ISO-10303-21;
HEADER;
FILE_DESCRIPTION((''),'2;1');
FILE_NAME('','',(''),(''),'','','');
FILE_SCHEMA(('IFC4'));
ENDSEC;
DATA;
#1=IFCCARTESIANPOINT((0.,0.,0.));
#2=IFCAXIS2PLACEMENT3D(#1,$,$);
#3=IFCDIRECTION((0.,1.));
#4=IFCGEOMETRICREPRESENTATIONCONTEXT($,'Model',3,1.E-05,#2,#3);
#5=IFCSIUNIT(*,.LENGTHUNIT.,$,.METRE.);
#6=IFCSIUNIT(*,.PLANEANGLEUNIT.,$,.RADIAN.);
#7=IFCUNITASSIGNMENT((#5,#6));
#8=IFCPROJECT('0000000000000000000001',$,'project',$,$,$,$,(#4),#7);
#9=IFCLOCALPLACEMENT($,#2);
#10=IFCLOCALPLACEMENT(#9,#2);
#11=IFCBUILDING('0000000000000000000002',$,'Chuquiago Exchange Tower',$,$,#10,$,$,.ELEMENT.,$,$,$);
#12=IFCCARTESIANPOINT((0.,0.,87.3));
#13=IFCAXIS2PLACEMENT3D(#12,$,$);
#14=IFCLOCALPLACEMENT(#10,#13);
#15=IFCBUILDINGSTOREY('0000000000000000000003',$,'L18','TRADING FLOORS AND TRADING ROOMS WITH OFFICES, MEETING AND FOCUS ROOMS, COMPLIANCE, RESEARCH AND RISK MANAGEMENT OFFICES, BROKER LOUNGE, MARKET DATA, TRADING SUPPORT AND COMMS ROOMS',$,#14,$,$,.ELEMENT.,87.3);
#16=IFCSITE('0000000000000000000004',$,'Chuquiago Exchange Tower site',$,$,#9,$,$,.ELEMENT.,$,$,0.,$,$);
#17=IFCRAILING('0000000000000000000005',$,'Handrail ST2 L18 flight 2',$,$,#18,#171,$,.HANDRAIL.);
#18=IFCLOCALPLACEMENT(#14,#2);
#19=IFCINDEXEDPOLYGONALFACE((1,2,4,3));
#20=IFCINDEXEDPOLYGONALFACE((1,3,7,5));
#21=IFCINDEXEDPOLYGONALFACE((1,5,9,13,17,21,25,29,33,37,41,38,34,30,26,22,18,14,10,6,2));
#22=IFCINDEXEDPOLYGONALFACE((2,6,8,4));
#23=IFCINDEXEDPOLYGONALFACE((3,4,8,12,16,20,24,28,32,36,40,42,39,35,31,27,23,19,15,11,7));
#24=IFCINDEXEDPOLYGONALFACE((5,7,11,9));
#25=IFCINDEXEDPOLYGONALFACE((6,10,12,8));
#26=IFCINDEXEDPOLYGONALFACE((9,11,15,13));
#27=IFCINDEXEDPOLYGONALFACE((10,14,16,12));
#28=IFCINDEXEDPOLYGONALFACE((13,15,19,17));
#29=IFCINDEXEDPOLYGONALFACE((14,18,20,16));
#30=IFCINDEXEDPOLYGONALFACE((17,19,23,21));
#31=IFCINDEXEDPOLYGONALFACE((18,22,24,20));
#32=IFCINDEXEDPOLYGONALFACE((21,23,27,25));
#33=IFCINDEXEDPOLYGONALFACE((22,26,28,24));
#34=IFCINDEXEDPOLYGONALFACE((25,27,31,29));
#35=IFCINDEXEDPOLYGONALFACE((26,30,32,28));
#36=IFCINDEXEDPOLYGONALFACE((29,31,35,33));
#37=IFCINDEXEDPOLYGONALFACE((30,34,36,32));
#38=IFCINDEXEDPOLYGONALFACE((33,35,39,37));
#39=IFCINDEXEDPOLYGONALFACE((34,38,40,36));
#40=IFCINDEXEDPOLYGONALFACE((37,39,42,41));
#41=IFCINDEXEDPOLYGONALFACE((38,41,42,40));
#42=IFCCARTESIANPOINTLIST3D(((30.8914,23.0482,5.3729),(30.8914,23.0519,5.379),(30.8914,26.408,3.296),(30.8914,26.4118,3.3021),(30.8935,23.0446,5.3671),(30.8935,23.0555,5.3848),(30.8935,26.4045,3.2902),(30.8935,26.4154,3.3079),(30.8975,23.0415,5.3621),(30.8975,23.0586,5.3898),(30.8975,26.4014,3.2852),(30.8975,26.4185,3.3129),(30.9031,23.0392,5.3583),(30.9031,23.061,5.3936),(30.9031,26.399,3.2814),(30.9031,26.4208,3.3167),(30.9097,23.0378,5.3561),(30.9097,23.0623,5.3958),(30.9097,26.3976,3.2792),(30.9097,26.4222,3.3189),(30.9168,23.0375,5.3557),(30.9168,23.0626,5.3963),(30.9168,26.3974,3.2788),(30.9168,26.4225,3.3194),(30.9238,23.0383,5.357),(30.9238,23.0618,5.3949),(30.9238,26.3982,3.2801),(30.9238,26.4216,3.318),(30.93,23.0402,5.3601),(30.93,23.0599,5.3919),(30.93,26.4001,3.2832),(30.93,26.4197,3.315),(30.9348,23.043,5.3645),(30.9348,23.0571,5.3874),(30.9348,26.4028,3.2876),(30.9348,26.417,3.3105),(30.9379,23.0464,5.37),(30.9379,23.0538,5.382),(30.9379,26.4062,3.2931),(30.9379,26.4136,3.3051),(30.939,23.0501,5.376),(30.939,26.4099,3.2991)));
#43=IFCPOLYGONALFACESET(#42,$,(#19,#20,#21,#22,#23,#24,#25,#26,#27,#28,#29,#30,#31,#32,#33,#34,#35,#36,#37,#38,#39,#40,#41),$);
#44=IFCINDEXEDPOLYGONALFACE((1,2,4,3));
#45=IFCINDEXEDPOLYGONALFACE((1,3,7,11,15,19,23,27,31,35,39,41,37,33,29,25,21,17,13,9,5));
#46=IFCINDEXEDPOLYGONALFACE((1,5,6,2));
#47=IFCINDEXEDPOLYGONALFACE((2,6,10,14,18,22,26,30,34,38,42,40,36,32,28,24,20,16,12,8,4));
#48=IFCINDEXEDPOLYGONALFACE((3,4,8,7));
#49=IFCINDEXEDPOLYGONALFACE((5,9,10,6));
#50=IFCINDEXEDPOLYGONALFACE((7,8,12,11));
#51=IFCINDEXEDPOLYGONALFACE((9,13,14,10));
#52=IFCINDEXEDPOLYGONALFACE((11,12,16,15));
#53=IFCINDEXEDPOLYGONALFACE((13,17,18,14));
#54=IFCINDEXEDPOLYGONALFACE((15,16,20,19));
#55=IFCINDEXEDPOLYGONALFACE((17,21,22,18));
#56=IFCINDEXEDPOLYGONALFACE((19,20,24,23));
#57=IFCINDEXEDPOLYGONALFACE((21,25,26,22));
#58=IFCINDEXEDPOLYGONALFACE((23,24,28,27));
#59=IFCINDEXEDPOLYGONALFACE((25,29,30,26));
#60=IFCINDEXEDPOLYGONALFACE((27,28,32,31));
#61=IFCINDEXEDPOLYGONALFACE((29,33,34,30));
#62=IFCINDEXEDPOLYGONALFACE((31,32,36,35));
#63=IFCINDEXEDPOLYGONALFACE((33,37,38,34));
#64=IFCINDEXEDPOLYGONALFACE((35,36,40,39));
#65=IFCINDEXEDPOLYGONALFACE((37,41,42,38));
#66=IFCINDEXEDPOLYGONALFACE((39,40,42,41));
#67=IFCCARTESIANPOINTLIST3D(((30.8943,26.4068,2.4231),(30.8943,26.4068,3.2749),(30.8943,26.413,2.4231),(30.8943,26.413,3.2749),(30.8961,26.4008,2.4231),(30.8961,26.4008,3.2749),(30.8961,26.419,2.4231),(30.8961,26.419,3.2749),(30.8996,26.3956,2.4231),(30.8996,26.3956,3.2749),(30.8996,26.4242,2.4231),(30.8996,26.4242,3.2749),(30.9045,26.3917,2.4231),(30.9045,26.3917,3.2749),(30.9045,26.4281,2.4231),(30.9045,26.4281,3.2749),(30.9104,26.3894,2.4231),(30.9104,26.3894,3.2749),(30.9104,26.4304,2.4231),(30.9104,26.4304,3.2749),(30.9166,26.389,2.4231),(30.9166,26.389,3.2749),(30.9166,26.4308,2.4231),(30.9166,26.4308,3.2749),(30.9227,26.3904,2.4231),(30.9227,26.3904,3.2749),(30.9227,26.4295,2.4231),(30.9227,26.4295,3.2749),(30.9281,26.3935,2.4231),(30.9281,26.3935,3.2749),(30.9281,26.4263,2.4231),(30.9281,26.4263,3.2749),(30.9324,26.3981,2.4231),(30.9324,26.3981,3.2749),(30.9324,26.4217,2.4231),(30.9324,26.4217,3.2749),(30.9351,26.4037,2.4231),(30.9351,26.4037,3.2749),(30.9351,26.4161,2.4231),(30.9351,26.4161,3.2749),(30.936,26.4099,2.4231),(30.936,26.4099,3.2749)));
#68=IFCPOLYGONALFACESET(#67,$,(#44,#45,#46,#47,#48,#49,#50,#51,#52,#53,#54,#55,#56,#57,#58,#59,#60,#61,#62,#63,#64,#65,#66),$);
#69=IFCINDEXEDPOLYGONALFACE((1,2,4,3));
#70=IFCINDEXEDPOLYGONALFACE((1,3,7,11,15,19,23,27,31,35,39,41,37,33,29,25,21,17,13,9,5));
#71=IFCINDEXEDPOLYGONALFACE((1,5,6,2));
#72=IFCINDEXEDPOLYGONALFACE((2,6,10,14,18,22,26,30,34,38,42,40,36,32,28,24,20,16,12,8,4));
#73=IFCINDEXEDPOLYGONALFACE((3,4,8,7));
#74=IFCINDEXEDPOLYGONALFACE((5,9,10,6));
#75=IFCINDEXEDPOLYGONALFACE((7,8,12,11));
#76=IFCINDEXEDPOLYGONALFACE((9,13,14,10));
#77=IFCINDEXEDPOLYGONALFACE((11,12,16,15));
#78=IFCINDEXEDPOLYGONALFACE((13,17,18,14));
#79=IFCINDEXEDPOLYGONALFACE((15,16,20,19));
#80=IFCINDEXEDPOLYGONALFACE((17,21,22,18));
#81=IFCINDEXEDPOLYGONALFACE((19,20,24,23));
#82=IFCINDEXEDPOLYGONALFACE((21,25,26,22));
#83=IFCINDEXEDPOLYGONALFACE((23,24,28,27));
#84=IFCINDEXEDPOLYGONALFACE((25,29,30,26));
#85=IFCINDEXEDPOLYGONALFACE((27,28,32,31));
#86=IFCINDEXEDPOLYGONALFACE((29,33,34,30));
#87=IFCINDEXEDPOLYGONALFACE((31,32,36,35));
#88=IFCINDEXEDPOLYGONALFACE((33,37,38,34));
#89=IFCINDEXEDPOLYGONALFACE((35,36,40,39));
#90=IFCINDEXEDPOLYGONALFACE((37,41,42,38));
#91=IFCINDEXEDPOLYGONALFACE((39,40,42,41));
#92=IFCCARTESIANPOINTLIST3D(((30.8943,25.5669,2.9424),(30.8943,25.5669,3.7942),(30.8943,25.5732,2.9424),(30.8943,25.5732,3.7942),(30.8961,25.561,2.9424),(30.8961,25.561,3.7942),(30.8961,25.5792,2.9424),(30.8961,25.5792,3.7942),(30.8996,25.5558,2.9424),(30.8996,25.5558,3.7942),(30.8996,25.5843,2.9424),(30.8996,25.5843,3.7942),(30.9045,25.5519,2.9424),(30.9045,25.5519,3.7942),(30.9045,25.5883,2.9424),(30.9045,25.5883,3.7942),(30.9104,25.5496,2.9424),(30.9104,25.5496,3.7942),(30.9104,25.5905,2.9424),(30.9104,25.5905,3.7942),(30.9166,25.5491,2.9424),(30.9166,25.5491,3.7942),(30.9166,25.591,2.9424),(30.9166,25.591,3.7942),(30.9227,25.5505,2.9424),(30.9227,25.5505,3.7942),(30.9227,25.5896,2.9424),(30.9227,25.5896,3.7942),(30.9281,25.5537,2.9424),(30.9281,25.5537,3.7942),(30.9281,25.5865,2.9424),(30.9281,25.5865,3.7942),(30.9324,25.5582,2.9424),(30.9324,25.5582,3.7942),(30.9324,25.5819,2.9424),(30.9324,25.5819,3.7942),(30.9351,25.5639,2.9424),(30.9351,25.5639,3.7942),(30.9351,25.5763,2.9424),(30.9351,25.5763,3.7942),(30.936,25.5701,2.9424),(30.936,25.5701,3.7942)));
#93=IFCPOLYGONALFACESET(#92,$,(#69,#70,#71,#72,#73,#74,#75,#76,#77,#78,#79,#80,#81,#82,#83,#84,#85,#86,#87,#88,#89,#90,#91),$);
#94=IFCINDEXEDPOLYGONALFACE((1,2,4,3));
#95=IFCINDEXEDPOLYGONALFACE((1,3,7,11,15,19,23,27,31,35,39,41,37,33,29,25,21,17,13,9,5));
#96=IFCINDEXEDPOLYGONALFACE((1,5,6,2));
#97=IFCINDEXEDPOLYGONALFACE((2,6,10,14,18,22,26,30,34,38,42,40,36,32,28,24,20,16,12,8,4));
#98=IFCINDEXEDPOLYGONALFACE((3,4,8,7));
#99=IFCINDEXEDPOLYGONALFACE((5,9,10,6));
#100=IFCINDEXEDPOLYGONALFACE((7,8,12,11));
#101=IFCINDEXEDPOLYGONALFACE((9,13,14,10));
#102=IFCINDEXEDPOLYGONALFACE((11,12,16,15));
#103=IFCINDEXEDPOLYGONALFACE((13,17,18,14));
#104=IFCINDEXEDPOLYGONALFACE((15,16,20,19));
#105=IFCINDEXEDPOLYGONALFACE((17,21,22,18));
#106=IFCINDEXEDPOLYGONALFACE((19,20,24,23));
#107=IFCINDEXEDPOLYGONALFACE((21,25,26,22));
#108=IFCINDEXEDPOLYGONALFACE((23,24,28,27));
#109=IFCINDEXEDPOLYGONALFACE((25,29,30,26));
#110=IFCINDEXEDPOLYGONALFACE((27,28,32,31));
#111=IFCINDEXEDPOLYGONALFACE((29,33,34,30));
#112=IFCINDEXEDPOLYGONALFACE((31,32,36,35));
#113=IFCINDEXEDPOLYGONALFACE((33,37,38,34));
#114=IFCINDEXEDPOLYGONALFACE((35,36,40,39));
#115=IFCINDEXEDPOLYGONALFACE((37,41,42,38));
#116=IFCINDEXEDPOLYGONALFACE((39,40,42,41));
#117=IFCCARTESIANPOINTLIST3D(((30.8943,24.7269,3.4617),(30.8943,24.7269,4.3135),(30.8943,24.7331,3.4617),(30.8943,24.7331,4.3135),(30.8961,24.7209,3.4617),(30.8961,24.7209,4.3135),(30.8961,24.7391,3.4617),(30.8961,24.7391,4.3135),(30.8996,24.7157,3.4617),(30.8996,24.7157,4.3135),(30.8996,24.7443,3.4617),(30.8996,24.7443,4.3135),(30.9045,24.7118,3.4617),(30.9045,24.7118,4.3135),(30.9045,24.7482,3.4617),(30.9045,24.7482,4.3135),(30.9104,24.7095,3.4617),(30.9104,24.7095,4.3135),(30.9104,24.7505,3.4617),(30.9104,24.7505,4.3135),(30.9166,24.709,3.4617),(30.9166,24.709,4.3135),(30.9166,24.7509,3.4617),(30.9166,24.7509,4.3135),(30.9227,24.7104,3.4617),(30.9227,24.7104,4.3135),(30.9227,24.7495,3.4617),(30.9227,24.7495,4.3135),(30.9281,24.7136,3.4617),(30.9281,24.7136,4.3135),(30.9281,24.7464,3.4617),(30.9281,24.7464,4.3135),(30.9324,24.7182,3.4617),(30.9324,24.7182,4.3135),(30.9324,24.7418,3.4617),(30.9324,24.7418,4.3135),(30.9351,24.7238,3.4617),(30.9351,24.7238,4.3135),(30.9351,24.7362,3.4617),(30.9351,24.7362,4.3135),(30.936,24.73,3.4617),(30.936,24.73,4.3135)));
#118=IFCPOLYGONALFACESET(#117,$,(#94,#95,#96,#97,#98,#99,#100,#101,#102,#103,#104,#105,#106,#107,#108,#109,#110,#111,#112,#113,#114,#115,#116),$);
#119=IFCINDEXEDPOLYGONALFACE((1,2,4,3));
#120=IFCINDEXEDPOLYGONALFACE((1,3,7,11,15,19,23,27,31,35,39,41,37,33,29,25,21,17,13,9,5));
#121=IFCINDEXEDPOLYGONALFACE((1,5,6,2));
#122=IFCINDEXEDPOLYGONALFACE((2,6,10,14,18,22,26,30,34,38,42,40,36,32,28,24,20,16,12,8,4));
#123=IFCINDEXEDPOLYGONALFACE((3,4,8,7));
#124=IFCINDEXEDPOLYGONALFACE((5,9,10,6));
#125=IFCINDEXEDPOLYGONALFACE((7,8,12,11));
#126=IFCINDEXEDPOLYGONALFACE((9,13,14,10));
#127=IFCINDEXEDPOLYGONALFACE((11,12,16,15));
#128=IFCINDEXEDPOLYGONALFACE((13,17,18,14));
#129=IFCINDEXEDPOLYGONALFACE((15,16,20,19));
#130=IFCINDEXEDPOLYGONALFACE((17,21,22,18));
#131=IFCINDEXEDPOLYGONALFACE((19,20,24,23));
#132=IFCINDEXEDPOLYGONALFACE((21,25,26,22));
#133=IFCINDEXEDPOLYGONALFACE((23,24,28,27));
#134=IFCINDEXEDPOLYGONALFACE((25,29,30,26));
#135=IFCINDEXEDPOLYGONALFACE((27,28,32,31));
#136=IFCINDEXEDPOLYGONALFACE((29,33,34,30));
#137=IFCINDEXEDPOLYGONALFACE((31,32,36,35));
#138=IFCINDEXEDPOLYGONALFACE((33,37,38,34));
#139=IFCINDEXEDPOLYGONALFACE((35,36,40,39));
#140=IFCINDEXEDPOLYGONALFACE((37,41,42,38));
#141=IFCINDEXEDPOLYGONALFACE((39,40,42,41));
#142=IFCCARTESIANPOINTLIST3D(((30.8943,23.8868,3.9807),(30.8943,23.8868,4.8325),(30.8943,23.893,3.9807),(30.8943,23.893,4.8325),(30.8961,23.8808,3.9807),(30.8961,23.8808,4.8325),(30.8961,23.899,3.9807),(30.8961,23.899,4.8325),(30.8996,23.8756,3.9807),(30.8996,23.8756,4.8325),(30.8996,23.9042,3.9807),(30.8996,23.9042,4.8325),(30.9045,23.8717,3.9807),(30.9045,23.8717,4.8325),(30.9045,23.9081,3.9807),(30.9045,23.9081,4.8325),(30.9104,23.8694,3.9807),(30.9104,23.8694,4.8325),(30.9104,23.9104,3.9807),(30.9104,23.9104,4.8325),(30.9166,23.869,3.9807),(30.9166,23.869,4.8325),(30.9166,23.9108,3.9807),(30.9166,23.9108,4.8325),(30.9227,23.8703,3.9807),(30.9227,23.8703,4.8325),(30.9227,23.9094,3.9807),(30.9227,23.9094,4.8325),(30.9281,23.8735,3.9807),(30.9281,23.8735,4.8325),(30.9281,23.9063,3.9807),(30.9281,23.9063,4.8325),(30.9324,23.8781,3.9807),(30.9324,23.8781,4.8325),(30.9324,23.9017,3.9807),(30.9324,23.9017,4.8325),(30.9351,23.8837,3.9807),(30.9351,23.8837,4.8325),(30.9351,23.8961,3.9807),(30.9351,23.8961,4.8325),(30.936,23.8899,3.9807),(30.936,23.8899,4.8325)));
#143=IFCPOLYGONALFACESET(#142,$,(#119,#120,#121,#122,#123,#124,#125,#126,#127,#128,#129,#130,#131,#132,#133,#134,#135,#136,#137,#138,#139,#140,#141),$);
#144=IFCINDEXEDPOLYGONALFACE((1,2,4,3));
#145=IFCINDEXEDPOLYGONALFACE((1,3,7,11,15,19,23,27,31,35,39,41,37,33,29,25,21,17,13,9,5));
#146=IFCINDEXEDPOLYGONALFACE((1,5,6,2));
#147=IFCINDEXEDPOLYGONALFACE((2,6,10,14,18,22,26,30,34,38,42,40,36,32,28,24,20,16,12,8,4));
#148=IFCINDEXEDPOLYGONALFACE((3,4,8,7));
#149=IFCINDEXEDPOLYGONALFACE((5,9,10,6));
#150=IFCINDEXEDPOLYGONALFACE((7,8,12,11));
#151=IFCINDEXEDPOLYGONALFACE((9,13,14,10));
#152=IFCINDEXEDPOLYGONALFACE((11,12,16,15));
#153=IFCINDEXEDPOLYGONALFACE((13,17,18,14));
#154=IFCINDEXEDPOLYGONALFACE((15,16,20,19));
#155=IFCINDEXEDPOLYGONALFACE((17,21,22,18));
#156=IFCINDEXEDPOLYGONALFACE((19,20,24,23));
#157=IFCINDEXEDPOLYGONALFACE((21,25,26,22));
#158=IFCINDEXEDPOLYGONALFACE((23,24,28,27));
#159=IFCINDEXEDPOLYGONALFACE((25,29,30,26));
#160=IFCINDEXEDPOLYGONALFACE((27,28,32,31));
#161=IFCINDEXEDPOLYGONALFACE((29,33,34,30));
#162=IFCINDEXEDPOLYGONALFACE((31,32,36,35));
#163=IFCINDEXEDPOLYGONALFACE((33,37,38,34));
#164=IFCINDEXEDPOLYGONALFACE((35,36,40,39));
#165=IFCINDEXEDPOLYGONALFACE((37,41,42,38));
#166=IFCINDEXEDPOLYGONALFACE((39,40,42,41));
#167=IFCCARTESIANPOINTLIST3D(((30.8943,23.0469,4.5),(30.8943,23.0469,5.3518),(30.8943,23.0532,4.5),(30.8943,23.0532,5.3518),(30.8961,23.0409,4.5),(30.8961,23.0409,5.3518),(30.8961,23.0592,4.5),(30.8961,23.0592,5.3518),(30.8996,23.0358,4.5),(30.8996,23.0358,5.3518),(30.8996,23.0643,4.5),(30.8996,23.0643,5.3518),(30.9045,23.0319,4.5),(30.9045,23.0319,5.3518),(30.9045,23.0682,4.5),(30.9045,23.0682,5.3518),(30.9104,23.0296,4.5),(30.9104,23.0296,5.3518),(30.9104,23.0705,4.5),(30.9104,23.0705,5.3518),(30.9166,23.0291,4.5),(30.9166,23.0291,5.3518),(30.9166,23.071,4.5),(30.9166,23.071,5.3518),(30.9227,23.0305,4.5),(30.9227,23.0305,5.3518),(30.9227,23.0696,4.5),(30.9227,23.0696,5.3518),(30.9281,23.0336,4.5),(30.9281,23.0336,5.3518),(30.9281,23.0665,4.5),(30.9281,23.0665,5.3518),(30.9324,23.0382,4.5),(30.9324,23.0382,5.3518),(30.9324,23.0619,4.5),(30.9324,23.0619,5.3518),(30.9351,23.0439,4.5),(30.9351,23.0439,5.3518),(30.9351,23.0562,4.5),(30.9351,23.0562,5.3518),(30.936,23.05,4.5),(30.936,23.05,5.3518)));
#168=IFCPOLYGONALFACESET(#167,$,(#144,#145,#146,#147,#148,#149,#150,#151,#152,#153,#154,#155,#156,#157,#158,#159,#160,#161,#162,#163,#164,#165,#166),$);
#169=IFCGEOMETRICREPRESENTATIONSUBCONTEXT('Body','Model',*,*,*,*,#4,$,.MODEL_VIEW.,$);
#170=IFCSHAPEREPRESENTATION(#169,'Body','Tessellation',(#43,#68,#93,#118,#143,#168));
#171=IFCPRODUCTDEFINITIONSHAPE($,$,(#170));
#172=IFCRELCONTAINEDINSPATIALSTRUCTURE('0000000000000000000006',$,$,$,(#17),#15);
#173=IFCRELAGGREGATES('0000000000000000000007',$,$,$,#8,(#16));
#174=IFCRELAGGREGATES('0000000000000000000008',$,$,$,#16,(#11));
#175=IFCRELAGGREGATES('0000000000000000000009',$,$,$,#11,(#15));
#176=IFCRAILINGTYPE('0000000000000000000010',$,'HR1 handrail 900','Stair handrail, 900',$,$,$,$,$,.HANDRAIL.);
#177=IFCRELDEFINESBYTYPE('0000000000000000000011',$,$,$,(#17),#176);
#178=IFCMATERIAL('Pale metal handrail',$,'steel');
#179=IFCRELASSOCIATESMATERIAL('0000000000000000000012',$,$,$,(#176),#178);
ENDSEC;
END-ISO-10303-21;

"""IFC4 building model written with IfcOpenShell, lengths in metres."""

from ifc_helpers import new_model, si_unit, direction, frame, origin, origin_2d, place, context, subcontext, project, spatial, circle, extrude, material, type_object, element, save


model = new_model("IFC4")

# Units and contexts
model_context = context("Model", 3, precision=1e-05, world=origin(), true_north=direction((0.0, 1.0)))
body_context = subcontext(model_context, "Body", "Model", "MODEL_VIEW")
ifc_project = project(units=[si_unit("LENGTHUNIT", "METRE"), si_unit("PLANEANGLEUNIT", "RADIAN")], contexts=[model_context])

# Site, building, storey
site_placement = place(None, origin())
site = spatial("IfcSite", under=ifc_project, at=site_placement, Name="Chuquiago Exchange Tower site", CompositionType="ELEMENT", RefElevation=0.0)
building_placement = place(site_placement, origin())
building = spatial("IfcBuilding", under=site, at=building_placement, Name="Chuquiago Exchange Tower", CompositionType="ELEMENT")
storey_placement = place(building_placement, frame((0.0, 0.0, 87.3)))
storey = spatial("IfcBuildingStorey", under=building, at=storey_placement, Name="L18", Description="TRADING FLOORS AND TRADING ROOMS WITH OFFICES, MEETING AND FOCUS ROOMS, COMPLIANCE, RESEARCH AND RISK MANAGEMENT OFFICES, BROKER LOUNGE, MARKET DATA, TRADING SUPPORT AND COMMS ROOMS", CompositionType="ELEMENT", Elevation=87.3)

# Railing
ifc_material_1 = material(Name="Pale metal handrail", Category="steel")
railing_type_1 = type_object("IfcRailingType", Name="HR1 handrail 900", Description="Stair handrail, 900", PredefinedType="HANDRAIL", material=ifc_material_1)
for number, where, name in (
    (1, (30.915, 26.4099, 2.4231), "Handrail ST2 L18 flight 2"),
):
    element("IfcRailing", number, at=place(storey_placement, frame(where)), inside=storey, type_object=railing_type_1, Name=name, PredefinedType="HANDRAIL", context=body_context, shape_type="SweptSolid", body=[
        extrude(circle(Radius=0.0239, at=origin_2d()), frame((0.0, 0.0, 0.876), z_axis=(0.0, -0.850606, 0.525803), x_axis=(1.0, 0.0, 0.0)), (0.0, 0.0, 1.0), 3.95),
        extrude(circle(Radius=0.021, at=origin_2d()), origin(), (0.0, 0.0, 1.0), 0.8518),
        extrude(circle(Radius=0.021, at=origin_2d()), frame((0.0, -0.8398, 0.5193)), (0.0, 0.0, 1.0), 0.8518),
        extrude(circle(Radius=0.021, at=origin_2d()), frame((0.0, -1.6799, 1.0386)), (0.0, 0.0, 1.0), 0.8518),
        extrude(circle(Radius=0.021, at=origin_2d()), frame((0.0, -2.52, 1.5576)), (0.0, 0.0, 1.0), 0.8518),
        extrude(circle(Radius=0.021, at=origin_2d()), frame((0.0, -3.3599, 2.0769)), (0.0, 0.0, 1.0), 0.8518),
    ])

save(model, "model.ifc")
